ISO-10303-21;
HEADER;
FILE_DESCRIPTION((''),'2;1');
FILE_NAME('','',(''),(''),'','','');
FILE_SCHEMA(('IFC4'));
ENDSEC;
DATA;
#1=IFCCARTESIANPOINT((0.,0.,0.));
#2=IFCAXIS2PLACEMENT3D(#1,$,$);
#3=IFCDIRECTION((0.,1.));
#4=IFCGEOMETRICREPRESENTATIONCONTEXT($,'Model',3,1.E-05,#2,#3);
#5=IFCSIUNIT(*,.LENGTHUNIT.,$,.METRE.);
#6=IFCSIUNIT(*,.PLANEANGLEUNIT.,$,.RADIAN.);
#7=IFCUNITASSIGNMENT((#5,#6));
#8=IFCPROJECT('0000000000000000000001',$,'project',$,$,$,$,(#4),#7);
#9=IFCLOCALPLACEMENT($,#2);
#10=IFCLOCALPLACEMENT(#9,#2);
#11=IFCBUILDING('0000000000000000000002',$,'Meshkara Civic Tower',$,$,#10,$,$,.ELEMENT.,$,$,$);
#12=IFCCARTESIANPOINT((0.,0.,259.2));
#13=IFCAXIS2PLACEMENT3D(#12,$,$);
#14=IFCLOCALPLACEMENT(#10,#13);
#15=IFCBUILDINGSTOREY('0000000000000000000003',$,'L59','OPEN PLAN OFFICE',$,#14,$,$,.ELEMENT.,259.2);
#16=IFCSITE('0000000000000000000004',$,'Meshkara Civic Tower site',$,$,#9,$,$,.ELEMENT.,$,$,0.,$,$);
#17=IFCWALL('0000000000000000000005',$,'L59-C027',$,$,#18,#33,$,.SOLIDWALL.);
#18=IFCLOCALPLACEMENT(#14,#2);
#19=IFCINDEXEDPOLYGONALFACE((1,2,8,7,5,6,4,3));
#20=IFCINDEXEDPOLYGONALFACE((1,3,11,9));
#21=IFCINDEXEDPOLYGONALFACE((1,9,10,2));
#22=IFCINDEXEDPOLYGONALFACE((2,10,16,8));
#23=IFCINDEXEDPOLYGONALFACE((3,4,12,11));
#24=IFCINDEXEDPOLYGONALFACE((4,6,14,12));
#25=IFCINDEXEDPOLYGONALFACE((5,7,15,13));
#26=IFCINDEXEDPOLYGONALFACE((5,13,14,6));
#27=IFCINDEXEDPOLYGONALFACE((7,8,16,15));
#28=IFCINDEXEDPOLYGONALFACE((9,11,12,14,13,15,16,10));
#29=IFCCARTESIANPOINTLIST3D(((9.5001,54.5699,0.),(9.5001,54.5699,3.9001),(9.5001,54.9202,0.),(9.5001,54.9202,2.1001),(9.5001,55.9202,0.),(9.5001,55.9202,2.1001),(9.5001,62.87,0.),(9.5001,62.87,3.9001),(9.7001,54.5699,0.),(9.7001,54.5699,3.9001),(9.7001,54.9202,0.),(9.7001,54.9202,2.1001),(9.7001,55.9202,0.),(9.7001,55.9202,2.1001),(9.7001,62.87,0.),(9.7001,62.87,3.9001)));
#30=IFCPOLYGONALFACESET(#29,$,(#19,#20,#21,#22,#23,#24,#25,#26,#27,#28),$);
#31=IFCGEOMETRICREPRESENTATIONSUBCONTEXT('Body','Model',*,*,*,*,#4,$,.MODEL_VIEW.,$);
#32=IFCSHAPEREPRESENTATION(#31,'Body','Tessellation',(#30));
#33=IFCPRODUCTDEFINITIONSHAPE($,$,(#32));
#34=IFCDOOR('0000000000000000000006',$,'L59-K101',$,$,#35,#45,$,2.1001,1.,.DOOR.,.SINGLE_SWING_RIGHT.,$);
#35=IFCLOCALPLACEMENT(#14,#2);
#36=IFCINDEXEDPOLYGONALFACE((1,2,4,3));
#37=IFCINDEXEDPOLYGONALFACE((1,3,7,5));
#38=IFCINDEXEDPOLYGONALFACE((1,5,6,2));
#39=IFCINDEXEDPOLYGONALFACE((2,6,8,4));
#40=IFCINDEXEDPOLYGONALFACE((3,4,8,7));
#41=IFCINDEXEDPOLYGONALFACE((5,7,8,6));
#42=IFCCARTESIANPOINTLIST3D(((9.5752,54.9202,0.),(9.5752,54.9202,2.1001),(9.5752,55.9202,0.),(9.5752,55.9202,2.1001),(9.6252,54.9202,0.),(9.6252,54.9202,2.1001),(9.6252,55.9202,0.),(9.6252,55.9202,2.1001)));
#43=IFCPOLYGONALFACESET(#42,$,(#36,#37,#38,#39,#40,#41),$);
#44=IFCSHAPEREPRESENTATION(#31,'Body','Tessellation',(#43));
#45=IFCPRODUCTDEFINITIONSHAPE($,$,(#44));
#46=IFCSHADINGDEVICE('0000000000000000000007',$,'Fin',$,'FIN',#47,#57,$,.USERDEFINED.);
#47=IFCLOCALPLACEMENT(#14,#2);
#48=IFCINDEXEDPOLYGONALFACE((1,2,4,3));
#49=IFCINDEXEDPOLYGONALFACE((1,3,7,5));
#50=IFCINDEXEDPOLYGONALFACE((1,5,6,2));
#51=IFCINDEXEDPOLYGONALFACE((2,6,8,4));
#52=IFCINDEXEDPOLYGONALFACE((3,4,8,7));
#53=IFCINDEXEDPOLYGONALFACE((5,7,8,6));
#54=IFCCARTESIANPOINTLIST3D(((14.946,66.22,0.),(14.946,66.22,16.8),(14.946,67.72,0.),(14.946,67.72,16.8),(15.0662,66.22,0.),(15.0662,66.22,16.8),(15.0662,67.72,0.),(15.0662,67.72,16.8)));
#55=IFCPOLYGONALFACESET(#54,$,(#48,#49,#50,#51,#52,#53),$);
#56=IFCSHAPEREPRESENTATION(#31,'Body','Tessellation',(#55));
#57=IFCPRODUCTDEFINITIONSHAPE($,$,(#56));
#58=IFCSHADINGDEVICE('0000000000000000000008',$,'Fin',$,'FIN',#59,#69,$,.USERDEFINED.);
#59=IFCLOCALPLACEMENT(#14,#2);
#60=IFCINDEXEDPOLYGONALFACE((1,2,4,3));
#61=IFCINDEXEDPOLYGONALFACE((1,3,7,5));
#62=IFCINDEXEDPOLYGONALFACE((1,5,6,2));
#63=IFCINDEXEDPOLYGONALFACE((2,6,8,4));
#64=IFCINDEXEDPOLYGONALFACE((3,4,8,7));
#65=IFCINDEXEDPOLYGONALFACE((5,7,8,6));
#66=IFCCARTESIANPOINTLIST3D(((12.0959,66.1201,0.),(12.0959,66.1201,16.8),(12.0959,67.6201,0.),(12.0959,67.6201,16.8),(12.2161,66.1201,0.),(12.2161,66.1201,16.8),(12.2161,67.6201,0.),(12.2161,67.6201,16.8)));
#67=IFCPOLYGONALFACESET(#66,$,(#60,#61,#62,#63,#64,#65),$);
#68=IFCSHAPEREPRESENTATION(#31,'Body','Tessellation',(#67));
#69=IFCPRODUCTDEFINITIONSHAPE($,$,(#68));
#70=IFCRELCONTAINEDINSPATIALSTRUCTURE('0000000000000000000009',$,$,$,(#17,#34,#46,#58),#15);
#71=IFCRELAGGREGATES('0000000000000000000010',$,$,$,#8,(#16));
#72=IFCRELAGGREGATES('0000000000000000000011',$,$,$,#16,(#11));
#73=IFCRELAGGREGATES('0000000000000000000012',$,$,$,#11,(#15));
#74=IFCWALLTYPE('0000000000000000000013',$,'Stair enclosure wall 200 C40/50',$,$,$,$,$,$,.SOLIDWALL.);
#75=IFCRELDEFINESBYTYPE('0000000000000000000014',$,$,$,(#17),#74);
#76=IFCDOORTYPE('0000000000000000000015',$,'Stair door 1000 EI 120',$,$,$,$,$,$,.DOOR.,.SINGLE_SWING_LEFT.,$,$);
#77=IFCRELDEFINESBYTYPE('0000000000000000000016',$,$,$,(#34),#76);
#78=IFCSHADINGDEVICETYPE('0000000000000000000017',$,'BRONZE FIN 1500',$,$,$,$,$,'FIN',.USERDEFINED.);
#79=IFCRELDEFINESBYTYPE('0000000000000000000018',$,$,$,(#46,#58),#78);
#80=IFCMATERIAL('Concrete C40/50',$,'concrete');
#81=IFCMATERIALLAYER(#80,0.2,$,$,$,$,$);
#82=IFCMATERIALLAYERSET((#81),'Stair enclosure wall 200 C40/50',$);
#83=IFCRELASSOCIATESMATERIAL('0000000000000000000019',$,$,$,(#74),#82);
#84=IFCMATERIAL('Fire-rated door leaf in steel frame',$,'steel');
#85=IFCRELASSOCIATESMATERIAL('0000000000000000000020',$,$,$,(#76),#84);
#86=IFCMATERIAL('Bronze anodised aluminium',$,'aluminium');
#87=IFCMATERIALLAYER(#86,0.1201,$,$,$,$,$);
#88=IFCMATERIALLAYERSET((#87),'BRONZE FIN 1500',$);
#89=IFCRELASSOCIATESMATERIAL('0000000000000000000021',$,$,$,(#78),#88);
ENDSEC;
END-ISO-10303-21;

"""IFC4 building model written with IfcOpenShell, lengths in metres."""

from ifc_helpers import new_model, si_unit, direction, frame, frame_2d, origin, origin_2d, place, context, subcontext, project, spatial, rectangle, extrude, material, layer, layer_set, type_object, element, fill, save


model = new_model("IFC4")

# Units and contexts
model_context = context("Model", 3, precision=1e-05, world=origin(), true_north=direction((0.0, 1.0)))
body_context = subcontext(model_context, "Body", "Model", "MODEL_VIEW")
ifc_project = project(units=[si_unit("LENGTHUNIT", "METRE"), si_unit("PLANEANGLEUNIT", "RADIAN")], contexts=[model_context])

# Site, building, storey
site_placement = place(None, origin())
site = spatial("IfcSite", under=ifc_project, at=site_placement, Name="Meshkara Civic Tower site", CompositionType="ELEMENT", RefElevation=0.0)
building_placement = place(site_placement, origin())
building = spatial("IfcBuilding", under=site, at=building_placement, Name="Meshkara Civic Tower", CompositionType="ELEMENT")
storey_placement = place(building_placement, frame((0.0, 0.0, 259.2)))
storey = spatial("IfcBuildingStorey", under=building, at=storey_placement, Name="L59", Description="OPEN PLAN OFFICE", CompositionType="ELEMENT", Elevation=259.2)

# Wall, opening, door
ifc_material_1 = material(Name="Concrete C40/50", Category="concrete")
ifc_layer_1 = layer(ifc_material_1, 0.2)
ifc_layer_set_1 = layer_set([ifc_layer_1], Name="Stair enclosure wall 200 C40/50")
wall_type_1 = type_object("IfcWallType", Name="Stair enclosure wall 200 C40/50", PredefinedType="SOLIDWALL", material=ifc_layer_set_1)
wall_1_placement = place(storey_placement, frame((9.6001, 54.5701, 0.0), z_axis=(0.0, 0.0, 1.0), x_axis=(0.0, 1.0, 0.0)))
wall_1 = element("IfcWall", 1, at=wall_1_placement, inside=storey, type_object=wall_type_1, Name="L59-C027", PredefinedType="SOLIDWALL", context=body_context, shape_type="SweptSolid", body=[
    extrude(rectangle(XDim=8.3, YDim=0.2, at=frame_2d((4.1499, 0.0))), origin(), (0.0, 0.0, 1.0), 3.9001),
])
opening_1_placement = place(wall_1_placement, frame((0.3501, 0.0, 0.0)))
opening_1 = element("IfcOpeningElement", 2, at=opening_1_placement, cuts=wall_1, PredefinedType="OPENING", context=body_context, shape_type="SweptSolid", body=[
    extrude(rectangle(XDim=1.0, YDim=2.1001, at=frame_2d((0.5, 1.05))), frame((0.0, 0.1099, 0.0), z_axis=(0.0, -1.0, 0.0), x_axis=(1.0, 0.0, 0.0)), (0.0, 0.0, 1.0), 0.22),
])
ifc_material_2 = material(Name="Fire-rated door leaf in steel frame", Category="steel")
door_type_1 = type_object("IfcDoorType", Name="Stair door 1000 EI 120", OperationType="SINGLE_SWING_LEFT", PredefinedType="DOOR", material=ifc_material_2)
door_1_placement = place(opening_1_placement, origin())
door_1 = element("IfcDoor", 3, at=door_1_placement, inside=storey, type_object=door_type_1, Name="L59-K101", OperationType="SINGLE_SWING_RIGHT", OverallHeight=2.1001, OverallWidth=1.0, PredefinedType="DOOR", context=body_context, shape_type="SweptSolid", body=[
    extrude(rectangle(XDim=1.0, YDim=2.1001, at=frame_2d((0.5, 1.05))), frame((0.0, 0.0249, 0.0), z_axis=(0.0, -1.0, 0.0), x_axis=(1.0, 0.0, 0.0)), (0.0, 0.0, 1.0), 0.05),
])
fill(opening_1, door_1)

# Shading devices
ifc_material_3 = material(Name="Bronze anodised aluminium", Category="aluminium")
ifc_layer_2 = layer(ifc_material_3, 0.1201)
ifc_layer_set_2 = layer_set([ifc_layer_2], Name="BRONZE FIN 1500")
shading_device_type = type_object("IfcShadingDeviceType", Name="BRONZE FIN 1500", ElementType="FIN", PredefinedType="USERDEFINED", material=ifc_layer_set_2)
for number, where, z_axis, x_axis, name in (
    (4, (15.0061, 66.97, 0.0), (0.0, 0.0, 1.0), (-1.0, 0.0, 0.0), "Fin"),
    (5, (12.156, 66.8701, 0.0), (0.0, 0.0, 1.0), (-1.0, 0.0, 0.0), "Fin"),
):
    element("IfcShadingDevice", number, at=place(storey_placement, frame(where, z_axis=z_axis, x_axis=x_axis)), inside=storey, type_object=shading_device_type, Name=name, ObjectType="FIN", PredefinedType="USERDEFINED", context=body_context, shape_type="SweptSolid", body=[
        extrude(rectangle(XDim=0.1201, YDim=1.5, at=origin_2d()), origin(), (0.0, 0.0, 1.0), 16.8),
    ])

save(model, "model.ifc")
